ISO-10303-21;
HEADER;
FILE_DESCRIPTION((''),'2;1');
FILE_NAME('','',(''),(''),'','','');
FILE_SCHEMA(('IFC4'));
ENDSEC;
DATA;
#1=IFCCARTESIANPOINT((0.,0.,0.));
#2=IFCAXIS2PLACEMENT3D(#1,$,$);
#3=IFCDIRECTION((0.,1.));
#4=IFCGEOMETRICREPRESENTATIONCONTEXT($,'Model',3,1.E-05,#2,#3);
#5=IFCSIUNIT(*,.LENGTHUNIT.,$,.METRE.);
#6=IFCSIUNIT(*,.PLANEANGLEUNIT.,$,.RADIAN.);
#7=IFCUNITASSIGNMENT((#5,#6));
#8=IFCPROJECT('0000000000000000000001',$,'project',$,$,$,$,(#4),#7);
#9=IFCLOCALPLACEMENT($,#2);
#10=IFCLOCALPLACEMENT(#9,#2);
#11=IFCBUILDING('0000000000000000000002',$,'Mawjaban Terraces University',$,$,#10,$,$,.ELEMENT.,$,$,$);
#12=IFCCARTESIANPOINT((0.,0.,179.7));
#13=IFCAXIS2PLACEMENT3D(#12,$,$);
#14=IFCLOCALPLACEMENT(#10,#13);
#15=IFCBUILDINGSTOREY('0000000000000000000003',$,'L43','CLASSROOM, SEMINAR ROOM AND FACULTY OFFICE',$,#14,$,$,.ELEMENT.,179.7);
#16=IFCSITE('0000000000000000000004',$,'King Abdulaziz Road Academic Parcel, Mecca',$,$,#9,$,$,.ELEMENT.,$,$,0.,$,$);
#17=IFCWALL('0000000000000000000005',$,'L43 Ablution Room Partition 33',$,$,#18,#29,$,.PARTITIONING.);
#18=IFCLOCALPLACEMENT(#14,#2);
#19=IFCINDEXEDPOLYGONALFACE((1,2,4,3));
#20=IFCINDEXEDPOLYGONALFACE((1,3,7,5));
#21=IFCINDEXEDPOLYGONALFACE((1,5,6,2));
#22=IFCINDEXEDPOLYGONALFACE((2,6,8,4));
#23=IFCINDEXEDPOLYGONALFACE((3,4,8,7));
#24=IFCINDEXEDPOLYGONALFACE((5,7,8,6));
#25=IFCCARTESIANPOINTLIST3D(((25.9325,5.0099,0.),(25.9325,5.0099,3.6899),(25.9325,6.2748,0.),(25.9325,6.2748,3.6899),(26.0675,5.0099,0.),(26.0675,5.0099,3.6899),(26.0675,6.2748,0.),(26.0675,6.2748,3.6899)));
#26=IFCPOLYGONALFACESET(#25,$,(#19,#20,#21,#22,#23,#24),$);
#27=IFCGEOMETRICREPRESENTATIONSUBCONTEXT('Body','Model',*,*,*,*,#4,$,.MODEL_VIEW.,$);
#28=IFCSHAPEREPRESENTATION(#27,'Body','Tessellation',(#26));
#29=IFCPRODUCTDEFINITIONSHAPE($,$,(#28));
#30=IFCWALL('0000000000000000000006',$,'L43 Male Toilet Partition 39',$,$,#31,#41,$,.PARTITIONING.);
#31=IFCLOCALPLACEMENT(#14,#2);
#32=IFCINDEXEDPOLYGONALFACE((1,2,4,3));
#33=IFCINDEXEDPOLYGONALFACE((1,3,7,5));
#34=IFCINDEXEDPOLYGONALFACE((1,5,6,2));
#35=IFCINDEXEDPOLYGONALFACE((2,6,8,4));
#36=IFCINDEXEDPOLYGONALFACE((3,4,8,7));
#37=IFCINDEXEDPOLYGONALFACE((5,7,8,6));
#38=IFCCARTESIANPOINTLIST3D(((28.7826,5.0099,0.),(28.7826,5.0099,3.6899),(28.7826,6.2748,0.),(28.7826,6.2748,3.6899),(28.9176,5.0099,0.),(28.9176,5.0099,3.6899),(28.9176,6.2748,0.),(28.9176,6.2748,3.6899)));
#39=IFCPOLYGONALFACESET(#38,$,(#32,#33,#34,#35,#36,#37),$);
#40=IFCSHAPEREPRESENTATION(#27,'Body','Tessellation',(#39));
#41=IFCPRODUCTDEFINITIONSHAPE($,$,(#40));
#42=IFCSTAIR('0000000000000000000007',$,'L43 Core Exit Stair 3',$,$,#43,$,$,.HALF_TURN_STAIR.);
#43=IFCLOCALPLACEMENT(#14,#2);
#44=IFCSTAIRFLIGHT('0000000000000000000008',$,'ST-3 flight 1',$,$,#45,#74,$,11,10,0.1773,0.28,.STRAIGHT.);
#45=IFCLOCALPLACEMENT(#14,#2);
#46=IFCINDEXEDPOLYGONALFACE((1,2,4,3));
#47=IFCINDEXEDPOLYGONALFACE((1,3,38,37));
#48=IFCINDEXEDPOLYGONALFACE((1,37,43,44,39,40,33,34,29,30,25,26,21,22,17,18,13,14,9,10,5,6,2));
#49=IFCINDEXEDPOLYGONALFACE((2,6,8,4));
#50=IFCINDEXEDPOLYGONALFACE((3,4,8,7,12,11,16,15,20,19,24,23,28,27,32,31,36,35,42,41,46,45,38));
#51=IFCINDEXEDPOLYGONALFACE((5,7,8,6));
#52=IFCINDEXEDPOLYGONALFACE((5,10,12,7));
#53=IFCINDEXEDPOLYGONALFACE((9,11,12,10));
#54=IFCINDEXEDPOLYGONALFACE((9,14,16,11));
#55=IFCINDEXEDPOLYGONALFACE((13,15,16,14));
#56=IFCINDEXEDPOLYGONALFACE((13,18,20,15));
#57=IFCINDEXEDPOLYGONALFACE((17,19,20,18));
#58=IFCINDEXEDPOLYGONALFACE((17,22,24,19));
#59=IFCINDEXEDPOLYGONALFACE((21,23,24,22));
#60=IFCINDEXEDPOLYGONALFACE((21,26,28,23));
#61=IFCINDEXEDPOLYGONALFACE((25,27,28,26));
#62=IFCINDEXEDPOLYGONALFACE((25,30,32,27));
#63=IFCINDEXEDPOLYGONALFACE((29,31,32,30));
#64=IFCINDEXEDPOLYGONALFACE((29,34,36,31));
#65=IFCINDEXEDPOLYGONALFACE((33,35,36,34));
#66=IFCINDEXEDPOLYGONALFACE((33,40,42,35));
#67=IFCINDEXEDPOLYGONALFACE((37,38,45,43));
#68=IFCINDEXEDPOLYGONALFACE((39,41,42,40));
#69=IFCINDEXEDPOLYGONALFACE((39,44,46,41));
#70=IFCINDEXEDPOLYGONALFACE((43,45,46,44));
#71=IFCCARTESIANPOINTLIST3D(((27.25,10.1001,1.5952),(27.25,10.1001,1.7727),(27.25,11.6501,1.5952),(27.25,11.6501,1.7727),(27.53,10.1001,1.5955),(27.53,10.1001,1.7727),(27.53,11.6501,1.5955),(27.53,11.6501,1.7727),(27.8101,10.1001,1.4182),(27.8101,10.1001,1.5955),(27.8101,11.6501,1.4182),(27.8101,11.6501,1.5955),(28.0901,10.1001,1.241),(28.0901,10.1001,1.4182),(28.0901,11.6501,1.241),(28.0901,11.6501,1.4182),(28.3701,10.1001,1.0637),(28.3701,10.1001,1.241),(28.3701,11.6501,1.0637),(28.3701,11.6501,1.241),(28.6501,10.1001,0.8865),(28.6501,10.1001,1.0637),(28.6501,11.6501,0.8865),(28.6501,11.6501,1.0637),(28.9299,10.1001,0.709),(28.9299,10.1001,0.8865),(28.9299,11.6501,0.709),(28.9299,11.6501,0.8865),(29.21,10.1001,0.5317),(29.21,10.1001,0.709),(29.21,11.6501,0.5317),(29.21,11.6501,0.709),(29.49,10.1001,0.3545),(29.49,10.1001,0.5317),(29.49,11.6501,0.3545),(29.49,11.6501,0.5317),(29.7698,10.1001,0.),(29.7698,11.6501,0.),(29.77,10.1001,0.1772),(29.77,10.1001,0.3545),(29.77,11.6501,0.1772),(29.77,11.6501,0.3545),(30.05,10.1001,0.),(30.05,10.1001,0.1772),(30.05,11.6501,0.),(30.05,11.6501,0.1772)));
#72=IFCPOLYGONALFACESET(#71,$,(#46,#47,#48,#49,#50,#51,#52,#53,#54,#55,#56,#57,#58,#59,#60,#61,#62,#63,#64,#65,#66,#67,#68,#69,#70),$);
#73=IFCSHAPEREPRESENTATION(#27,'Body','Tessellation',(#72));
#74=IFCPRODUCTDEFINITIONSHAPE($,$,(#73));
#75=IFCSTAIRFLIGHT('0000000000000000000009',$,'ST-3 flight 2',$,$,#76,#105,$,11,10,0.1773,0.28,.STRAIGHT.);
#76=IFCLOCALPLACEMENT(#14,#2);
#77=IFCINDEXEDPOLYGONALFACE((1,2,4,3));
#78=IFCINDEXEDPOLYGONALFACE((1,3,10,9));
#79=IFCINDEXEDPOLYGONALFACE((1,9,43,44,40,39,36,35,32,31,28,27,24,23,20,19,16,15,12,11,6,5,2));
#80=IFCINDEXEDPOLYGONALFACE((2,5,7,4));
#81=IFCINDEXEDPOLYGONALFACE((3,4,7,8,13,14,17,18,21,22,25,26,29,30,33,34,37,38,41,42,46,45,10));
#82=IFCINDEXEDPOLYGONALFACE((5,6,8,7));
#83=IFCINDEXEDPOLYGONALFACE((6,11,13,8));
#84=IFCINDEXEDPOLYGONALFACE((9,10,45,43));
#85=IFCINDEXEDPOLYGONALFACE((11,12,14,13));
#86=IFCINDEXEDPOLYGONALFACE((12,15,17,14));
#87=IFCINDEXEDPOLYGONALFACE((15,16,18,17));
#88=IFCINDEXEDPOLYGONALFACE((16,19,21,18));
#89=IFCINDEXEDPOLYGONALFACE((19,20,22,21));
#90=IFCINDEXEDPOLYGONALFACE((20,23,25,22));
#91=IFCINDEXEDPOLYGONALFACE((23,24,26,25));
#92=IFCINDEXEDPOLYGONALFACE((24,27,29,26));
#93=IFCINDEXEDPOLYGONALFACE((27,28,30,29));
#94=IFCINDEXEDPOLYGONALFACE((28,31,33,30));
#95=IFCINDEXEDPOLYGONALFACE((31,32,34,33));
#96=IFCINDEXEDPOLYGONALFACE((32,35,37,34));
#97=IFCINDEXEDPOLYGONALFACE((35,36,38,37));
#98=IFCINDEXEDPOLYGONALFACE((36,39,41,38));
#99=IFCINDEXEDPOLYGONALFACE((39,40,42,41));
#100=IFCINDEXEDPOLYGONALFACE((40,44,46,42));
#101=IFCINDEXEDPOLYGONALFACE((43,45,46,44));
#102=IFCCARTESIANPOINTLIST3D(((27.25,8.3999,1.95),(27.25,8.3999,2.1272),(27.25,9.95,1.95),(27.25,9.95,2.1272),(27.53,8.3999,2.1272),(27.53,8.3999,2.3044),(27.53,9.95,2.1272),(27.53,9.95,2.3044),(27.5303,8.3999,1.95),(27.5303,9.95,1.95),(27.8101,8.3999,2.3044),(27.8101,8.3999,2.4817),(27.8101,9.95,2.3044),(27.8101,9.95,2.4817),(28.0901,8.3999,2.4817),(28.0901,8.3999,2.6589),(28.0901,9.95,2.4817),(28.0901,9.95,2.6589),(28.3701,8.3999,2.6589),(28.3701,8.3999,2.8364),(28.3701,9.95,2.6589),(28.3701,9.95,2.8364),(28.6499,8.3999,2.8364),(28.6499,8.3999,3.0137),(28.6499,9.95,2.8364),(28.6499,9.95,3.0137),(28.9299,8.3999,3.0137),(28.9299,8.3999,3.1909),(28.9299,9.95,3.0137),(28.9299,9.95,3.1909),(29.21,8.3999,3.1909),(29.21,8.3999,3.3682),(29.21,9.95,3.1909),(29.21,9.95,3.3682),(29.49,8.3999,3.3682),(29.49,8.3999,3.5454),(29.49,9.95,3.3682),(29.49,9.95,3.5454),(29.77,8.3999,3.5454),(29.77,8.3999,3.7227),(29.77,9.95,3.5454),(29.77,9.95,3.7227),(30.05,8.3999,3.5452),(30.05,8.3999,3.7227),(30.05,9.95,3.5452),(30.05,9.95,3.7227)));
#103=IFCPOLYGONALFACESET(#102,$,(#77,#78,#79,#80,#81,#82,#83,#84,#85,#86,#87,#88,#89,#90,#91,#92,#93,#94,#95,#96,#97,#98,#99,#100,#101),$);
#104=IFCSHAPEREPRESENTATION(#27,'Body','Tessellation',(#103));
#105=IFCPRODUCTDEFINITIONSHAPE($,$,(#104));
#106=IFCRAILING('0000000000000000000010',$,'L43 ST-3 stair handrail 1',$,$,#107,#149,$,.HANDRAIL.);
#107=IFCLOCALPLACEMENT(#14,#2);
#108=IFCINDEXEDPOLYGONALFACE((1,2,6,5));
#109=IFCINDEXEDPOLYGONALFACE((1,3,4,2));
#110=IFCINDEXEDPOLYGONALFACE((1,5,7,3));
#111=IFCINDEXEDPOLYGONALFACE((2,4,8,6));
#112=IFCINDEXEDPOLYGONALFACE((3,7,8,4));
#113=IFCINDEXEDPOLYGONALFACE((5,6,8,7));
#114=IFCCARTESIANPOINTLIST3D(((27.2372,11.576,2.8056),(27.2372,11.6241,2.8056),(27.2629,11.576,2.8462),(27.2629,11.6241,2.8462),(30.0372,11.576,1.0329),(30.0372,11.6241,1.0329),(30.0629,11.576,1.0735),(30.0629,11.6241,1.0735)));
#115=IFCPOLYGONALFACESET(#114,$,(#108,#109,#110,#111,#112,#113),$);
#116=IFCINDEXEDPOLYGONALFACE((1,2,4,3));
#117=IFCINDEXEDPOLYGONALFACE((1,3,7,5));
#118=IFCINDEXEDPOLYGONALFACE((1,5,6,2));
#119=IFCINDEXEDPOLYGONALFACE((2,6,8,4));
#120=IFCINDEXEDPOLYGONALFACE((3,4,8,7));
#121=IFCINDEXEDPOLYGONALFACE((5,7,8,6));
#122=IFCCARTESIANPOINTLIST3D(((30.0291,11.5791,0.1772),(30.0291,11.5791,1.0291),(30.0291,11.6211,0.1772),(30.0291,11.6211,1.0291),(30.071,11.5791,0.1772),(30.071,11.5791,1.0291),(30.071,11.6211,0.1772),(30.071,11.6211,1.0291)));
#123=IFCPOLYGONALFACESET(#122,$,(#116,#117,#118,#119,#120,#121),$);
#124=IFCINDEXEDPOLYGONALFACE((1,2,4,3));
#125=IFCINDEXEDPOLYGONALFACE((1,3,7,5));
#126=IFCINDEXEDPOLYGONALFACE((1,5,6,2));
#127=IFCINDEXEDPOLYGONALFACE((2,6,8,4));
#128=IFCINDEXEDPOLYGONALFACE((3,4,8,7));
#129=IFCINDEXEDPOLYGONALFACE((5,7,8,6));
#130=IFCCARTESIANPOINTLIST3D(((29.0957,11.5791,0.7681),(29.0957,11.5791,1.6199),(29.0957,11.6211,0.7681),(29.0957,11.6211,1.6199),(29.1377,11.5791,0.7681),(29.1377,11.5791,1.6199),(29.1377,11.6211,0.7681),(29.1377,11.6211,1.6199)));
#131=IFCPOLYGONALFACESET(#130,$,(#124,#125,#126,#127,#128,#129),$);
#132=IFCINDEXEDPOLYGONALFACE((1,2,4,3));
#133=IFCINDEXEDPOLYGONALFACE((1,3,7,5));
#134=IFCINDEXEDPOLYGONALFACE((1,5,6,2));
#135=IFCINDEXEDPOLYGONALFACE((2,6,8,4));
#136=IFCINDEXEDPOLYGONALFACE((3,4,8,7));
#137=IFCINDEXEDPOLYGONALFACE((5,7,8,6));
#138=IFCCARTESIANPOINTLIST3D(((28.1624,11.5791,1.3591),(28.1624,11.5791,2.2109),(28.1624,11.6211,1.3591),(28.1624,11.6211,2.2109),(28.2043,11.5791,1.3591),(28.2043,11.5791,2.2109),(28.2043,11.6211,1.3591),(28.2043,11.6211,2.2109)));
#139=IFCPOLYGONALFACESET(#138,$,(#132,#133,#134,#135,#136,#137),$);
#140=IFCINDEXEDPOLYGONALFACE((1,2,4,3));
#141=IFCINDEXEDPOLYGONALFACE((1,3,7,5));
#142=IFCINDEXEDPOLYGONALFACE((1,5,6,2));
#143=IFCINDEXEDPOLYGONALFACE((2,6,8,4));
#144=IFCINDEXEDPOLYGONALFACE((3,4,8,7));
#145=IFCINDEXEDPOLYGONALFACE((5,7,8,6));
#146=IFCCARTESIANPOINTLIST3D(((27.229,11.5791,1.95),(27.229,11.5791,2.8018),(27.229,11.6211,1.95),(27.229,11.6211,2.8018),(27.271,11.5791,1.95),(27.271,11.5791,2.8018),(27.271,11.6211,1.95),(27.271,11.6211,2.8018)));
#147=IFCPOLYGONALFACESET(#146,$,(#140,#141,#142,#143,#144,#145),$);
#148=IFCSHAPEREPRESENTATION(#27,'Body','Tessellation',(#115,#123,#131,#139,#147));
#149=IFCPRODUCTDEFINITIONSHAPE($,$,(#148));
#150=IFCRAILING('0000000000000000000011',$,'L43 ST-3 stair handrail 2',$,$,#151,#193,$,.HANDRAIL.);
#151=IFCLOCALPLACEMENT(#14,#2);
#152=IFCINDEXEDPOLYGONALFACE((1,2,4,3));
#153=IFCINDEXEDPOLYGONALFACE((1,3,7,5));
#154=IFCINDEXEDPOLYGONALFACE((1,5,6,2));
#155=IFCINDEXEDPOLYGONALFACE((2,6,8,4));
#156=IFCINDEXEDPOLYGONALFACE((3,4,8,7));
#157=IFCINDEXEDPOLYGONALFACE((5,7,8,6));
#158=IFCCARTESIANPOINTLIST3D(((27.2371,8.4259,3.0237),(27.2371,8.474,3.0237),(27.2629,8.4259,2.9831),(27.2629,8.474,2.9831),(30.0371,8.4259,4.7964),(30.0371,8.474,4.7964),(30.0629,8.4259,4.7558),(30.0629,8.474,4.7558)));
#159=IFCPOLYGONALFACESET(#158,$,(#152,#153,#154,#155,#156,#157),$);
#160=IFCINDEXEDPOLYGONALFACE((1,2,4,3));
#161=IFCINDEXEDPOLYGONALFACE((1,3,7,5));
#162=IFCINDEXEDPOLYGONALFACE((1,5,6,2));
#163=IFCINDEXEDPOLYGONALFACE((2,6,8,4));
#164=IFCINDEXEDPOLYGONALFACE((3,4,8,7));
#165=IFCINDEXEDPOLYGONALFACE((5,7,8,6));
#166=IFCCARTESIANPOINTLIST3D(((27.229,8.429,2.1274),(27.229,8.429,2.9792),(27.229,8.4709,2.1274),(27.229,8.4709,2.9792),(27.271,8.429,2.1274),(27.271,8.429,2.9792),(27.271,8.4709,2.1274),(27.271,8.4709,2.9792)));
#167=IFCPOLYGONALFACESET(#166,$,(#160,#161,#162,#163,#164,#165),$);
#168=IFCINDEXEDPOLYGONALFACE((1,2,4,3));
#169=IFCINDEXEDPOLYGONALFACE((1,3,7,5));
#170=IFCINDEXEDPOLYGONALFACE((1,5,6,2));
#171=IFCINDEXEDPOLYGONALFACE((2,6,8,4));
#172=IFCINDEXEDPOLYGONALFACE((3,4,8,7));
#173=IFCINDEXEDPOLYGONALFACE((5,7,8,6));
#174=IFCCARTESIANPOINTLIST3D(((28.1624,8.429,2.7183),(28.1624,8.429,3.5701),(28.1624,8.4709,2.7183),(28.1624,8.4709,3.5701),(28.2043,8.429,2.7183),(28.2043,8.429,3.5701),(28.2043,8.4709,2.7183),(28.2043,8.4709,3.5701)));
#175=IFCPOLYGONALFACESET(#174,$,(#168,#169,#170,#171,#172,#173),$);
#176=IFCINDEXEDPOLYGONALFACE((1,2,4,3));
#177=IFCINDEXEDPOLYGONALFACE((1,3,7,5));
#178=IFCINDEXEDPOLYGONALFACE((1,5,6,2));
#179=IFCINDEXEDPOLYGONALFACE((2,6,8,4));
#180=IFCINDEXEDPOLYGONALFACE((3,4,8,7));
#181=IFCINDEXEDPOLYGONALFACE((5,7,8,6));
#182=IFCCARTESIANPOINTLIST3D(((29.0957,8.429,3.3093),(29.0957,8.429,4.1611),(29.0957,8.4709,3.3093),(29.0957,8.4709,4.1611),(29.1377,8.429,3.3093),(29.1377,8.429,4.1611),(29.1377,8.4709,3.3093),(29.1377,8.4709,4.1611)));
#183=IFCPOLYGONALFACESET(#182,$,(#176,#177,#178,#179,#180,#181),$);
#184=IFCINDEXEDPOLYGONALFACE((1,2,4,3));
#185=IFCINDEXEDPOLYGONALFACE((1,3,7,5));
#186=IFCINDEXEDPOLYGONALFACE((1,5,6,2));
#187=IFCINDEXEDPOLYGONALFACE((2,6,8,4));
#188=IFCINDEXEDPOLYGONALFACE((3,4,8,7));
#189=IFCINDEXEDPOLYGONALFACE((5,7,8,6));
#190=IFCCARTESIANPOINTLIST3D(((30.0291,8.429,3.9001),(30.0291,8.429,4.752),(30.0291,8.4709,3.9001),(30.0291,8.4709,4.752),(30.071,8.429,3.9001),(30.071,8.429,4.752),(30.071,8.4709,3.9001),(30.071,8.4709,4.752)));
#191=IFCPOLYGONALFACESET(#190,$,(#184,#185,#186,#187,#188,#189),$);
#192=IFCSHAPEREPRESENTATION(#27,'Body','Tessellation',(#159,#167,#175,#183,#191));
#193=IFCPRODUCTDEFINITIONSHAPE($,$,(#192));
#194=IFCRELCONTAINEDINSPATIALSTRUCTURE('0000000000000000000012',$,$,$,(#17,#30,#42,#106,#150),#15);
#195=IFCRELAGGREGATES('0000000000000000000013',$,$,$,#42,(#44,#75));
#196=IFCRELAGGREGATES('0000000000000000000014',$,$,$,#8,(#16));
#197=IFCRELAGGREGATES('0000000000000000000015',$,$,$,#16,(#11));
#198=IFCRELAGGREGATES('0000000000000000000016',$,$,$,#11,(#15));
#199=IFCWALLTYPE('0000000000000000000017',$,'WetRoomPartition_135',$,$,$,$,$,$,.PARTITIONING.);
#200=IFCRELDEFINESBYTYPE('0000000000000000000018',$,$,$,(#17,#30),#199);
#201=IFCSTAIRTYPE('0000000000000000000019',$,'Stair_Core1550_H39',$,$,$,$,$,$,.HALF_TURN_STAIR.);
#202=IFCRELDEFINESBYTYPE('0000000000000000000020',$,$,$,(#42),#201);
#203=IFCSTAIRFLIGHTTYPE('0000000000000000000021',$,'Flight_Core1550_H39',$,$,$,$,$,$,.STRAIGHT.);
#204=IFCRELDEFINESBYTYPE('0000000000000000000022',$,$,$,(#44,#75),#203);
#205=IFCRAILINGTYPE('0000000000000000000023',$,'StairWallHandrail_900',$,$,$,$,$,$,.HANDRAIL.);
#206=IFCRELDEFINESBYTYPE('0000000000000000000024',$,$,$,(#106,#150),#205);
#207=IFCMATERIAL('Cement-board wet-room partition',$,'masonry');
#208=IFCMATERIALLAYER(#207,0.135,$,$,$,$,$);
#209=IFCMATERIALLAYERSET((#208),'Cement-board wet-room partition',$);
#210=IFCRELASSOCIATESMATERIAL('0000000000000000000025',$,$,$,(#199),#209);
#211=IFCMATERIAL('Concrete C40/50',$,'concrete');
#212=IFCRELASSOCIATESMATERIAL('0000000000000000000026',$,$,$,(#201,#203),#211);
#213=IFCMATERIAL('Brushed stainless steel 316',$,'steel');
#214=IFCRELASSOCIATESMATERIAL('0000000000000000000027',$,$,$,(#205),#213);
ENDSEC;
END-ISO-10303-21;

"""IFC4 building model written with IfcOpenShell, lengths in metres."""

from ifc_helpers import new_model, si_unit, direction, frame, frame_2d, origin, origin_2d, place, context, subcontext, project, spatial, polyline, rectangle, outline, extrude, material, layer, layer_set, type_object, element, aggregate, save


model = new_model("IFC4")

# Units and contexts
model_context = context("Model", 3, precision=1e-05, world=origin(), true_north=direction((0.0, 1.0)))
body_context = subcontext(model_context, "Body", "Model", "MODEL_VIEW")
ifc_project = project(units=[si_unit("LENGTHUNIT", "METRE"), si_unit("PLANEANGLEUNIT", "RADIAN")], contexts=[model_context])

# Site, building, storey
site_placement = place(None, origin())
site = spatial("IfcSite", under=ifc_project, at=site_placement, Name="King Abdulaziz Road Academic Parcel, Mecca", CompositionType="ELEMENT", RefElevation=0.0)
building_placement = place(site_placement, origin())
building = spatial("IfcBuilding", under=site, at=building_placement, Name="Mawjaban Terraces University", CompositionType="ELEMENT")
storey_placement = place(building_placement, frame((0.0, 0.0, 179.7)))
storey = spatial("IfcBuildingStorey", under=building, at=storey_placement, Name="L43", Description="CLASSROOM, SEMINAR ROOM AND FACULTY OFFICE", CompositionType="ELEMENT", Elevation=179.7)

# Shared definitions
ifc_material_1 = material(Name="Concrete C40/50", Category="concrete")

# Walls
ifc_material_2 = material(Name="Cement-board wet-room partition", Category="masonry")
ifc_layer_1 = layer(ifc_material_2, 0.135)
ifc_layer_set_1 = layer_set([ifc_layer_1], Name="Cement-board wet-room partition")
wall_type_1 = type_object("IfcWallType", Name="WetRoomPartition_135", PredefinedType="PARTITIONING", material=ifc_layer_set_1)
for number, where, z_axis, x_axis, name in (
    (1, (26.0, 5.01, 0.0), (0.0, 0.0, 1.0), (0.0, 1.0, 0.0), "L43 Ablution Room Partition 33"),
    (2, (28.8501, 5.01, 0.0), (0.0, 0.0, 1.0), (0.0, 1.0, 0.0), "L43 Male Toilet Partition 39"),
):
    element("IfcWall", number, at=place(storey_placement, frame(where, z_axis=z_axis, x_axis=x_axis)), inside=storey, type_object=wall_type_1, Name=name, PredefinedType="PARTITIONING", context=body_context, shape_type="SweptSolid", body=[
        extrude(rectangle(XDim=1.2649, YDim=0.135, at=frame_2d((0.6323, 0.0))), origin(), (0.0, 0.0, 1.0), 3.6899),
    ])

# Stair, stair flights
stair_type = type_object("IfcStairType", Name="Stair_Core1550_H39", PredefinedType="HALF_TURN_STAIR", material=ifc_material_1)
stair_placement = place(storey_placement, origin())
stair = element("IfcStair", 3, at=stair_placement, inside=storey, type_object=stair_type, Name="L43 Core Exit Stair 3", PredefinedType="HALF_TURN_STAIR")
stair_flight_type = type_object("IfcStairFlightType", Name="Flight_Core1550_H39", PredefinedType="STRAIGHT", material=ifc_material_1)
stair_flight_1_placement = place(storey_placement, frame((30.05, 10.875, 0.0), z_axis=(0.0, 0.0, 1.0), x_axis=(-1.0, 0.0, 0.0)))
stair_flight_1 = element("IfcStairFlight", 4, at=stair_flight_1_placement, type_object=stair_flight_type, Name="ST-3 flight 1", NumberOfRisers=11, NumberOfTreads=10, PredefinedType="STRAIGHT", RiserHeight=0.1773, TreadLength=0.28, context=body_context, shape_type="SweptSolid", body=[
    extrude(outline(polyline([(0.0, 0.0), (0.0, 0.1772), (0.28, 0.1772), (0.28, 0.3545), (0.5601, 0.3545), (0.5601, 0.5317), (0.8401, 0.5317), (0.8401, 0.709), (1.1201, 0.709), (1.1201, 0.8865), (1.3999, 0.8865), (1.3999, 1.0637), (1.6799, 1.0637), (1.6799, 1.241), (1.96, 1.241), (1.96, 1.4182), (2.24, 1.4182), (2.24, 1.5955), (2.52, 1.5955), (2.52, 1.7727), (2.8, 1.7727), (2.8, 1.95), (2.8, 1.5952), (0.2803, 0.0), (0.0, 0.0)])), frame((0.0, 0.7749, 0.0), z_axis=(0.0, -1.0, 0.0), x_axis=(1.0, 0.0, 0.0)), (0.0, 0.0, 1.0), 1.55),
])
stair_flight_2_placement = place(storey_placement, frame((27.25, 9.175, 1.95), z_axis=(0.0, 0.0, 1.0), x_axis=(1.0, 0.0, 0.0)))
stair_flight_2 = element("IfcStairFlight", 5, at=stair_flight_2_placement, type_object=stair_flight_type, Name="ST-3 flight 2", NumberOfRisers=11, NumberOfTreads=10, PredefinedType="STRAIGHT", RiserHeight=0.1773, TreadLength=0.28, context=body_context, shape_type="SweptSolid", body=[
    extrude(outline(polyline([(0.0, 0.0), (0.0, 0.1772), (0.28, 0.1772), (0.28, 0.3545), (0.5601, 0.3545), (0.5601, 0.5317), (0.8401, 0.5317), (0.8401, 0.709), (1.1201, 0.709), (1.1201, 0.8865), (1.3999, 0.8865), (1.3999, 1.0637), (1.6799, 1.0637), (1.6799, 1.241), (1.96, 1.241), (1.96, 1.4182), (2.24, 1.4182), (2.24, 1.5955), (2.52, 1.5955), (2.52, 1.7727), (2.8, 1.7727), (2.8, 1.95), (2.8, 1.5952), (0.2803, 0.0), (0.0, 0.0)])), frame((0.0, 0.7749, 0.0), z_axis=(0.0, -1.0, 0.0), x_axis=(1.0, 0.0, 0.0)), (0.0, 0.0, 1.0), 1.55),
])
aggregate(stair, [stair_flight_1, stair_flight_2])

# Railings
ifc_material_3 = material(Name="Brushed stainless steel 316", Category="steel")
railing_type_1 = type_object("IfcRailingType", Name="StairWallHandrail_900", PredefinedType="HANDRAIL", material=ifc_material_3)
railing_1_placement = place(storey_placement, frame((30.05, 11.6001, 0.1772)))
element("IfcRailing", 6, at=railing_1_placement, inside=storey, type_object=railing_type_1, Name="L43 ST-3 stair handrail 1", PredefinedType="HANDRAIL", context=body_context, shape_type="SweptSolid", body=[
    extrude(rectangle(XDim=0.0481, YDim=0.0481, at=origin_2d()), frame((0.0, 0.0, 0.876), z_axis=(-0.844909, 0.0, 0.53491), x_axis=(0.0, -1.0, 0.0)), (0.0, 0.0, 1.0), 3.314),
    extrude(rectangle(XDim=0.042, YDim=0.042, at=origin_2d()), origin(), (0.0, 0.0, 1.0), 0.8518),
    extrude(rectangle(XDim=0.042, YDim=0.042, at=origin_2d()), frame((-0.9333, 0.0, 0.5908)), (0.0, 0.0, 1.0), 0.8518),
    extrude(rectangle(XDim=0.042, YDim=0.042, at=origin_2d()), frame((-1.8667, 0.0, 1.1819)), (0.0, 0.0, 1.0), 0.8518),
    extrude(rectangle(XDim=0.042, YDim=0.042, at=origin_2d()), frame((-2.8, 0.0, 1.7727)), (0.0, 0.0, 1.0), 0.8518),
])
railing_2_placement = place(storey_placement, frame((27.25, 8.45, 2.1274)))
element("IfcRailing", 7, at=railing_2_placement, inside=storey, type_object=railing_type_1, Name="L43 ST-3 stair handrail 2", PredefinedType="HANDRAIL", context=body_context, shape_type="SweptSolid", body=[
    extrude(rectangle(XDim=0.0481, YDim=0.0481, at=origin_2d()), frame((0.0, 0.0, 0.876), z_axis=(0.844909, 0.0, 0.53491), x_axis=(0.0, 1.0, 0.0)), (0.0, 0.0, 1.0), 3.314),
    extrude(rectangle(XDim=0.042, YDim=0.042, at=origin_2d()), origin(), (0.0, 0.0, 1.0), 0.8518),
    extrude(rectangle(XDim=0.042, YDim=0.042, at=origin_2d()), frame((0.9333, 0.0, 0.5908)), (0.0, 0.0, 1.0), 0.8518),
    extrude(rectangle(XDim=0.042, YDim=0.042, at=origin_2d()), frame((1.8667, 0.0, 1.1819)), (0.0, 0.0, 1.0), 0.8518),
    extrude(rectangle(XDim=0.042, YDim=0.042, at=origin_2d()), frame((2.8, 0.0, 1.7727)), (0.0, 0.0, 1.0), 0.8518),
])

save(model, "model.ifc")
